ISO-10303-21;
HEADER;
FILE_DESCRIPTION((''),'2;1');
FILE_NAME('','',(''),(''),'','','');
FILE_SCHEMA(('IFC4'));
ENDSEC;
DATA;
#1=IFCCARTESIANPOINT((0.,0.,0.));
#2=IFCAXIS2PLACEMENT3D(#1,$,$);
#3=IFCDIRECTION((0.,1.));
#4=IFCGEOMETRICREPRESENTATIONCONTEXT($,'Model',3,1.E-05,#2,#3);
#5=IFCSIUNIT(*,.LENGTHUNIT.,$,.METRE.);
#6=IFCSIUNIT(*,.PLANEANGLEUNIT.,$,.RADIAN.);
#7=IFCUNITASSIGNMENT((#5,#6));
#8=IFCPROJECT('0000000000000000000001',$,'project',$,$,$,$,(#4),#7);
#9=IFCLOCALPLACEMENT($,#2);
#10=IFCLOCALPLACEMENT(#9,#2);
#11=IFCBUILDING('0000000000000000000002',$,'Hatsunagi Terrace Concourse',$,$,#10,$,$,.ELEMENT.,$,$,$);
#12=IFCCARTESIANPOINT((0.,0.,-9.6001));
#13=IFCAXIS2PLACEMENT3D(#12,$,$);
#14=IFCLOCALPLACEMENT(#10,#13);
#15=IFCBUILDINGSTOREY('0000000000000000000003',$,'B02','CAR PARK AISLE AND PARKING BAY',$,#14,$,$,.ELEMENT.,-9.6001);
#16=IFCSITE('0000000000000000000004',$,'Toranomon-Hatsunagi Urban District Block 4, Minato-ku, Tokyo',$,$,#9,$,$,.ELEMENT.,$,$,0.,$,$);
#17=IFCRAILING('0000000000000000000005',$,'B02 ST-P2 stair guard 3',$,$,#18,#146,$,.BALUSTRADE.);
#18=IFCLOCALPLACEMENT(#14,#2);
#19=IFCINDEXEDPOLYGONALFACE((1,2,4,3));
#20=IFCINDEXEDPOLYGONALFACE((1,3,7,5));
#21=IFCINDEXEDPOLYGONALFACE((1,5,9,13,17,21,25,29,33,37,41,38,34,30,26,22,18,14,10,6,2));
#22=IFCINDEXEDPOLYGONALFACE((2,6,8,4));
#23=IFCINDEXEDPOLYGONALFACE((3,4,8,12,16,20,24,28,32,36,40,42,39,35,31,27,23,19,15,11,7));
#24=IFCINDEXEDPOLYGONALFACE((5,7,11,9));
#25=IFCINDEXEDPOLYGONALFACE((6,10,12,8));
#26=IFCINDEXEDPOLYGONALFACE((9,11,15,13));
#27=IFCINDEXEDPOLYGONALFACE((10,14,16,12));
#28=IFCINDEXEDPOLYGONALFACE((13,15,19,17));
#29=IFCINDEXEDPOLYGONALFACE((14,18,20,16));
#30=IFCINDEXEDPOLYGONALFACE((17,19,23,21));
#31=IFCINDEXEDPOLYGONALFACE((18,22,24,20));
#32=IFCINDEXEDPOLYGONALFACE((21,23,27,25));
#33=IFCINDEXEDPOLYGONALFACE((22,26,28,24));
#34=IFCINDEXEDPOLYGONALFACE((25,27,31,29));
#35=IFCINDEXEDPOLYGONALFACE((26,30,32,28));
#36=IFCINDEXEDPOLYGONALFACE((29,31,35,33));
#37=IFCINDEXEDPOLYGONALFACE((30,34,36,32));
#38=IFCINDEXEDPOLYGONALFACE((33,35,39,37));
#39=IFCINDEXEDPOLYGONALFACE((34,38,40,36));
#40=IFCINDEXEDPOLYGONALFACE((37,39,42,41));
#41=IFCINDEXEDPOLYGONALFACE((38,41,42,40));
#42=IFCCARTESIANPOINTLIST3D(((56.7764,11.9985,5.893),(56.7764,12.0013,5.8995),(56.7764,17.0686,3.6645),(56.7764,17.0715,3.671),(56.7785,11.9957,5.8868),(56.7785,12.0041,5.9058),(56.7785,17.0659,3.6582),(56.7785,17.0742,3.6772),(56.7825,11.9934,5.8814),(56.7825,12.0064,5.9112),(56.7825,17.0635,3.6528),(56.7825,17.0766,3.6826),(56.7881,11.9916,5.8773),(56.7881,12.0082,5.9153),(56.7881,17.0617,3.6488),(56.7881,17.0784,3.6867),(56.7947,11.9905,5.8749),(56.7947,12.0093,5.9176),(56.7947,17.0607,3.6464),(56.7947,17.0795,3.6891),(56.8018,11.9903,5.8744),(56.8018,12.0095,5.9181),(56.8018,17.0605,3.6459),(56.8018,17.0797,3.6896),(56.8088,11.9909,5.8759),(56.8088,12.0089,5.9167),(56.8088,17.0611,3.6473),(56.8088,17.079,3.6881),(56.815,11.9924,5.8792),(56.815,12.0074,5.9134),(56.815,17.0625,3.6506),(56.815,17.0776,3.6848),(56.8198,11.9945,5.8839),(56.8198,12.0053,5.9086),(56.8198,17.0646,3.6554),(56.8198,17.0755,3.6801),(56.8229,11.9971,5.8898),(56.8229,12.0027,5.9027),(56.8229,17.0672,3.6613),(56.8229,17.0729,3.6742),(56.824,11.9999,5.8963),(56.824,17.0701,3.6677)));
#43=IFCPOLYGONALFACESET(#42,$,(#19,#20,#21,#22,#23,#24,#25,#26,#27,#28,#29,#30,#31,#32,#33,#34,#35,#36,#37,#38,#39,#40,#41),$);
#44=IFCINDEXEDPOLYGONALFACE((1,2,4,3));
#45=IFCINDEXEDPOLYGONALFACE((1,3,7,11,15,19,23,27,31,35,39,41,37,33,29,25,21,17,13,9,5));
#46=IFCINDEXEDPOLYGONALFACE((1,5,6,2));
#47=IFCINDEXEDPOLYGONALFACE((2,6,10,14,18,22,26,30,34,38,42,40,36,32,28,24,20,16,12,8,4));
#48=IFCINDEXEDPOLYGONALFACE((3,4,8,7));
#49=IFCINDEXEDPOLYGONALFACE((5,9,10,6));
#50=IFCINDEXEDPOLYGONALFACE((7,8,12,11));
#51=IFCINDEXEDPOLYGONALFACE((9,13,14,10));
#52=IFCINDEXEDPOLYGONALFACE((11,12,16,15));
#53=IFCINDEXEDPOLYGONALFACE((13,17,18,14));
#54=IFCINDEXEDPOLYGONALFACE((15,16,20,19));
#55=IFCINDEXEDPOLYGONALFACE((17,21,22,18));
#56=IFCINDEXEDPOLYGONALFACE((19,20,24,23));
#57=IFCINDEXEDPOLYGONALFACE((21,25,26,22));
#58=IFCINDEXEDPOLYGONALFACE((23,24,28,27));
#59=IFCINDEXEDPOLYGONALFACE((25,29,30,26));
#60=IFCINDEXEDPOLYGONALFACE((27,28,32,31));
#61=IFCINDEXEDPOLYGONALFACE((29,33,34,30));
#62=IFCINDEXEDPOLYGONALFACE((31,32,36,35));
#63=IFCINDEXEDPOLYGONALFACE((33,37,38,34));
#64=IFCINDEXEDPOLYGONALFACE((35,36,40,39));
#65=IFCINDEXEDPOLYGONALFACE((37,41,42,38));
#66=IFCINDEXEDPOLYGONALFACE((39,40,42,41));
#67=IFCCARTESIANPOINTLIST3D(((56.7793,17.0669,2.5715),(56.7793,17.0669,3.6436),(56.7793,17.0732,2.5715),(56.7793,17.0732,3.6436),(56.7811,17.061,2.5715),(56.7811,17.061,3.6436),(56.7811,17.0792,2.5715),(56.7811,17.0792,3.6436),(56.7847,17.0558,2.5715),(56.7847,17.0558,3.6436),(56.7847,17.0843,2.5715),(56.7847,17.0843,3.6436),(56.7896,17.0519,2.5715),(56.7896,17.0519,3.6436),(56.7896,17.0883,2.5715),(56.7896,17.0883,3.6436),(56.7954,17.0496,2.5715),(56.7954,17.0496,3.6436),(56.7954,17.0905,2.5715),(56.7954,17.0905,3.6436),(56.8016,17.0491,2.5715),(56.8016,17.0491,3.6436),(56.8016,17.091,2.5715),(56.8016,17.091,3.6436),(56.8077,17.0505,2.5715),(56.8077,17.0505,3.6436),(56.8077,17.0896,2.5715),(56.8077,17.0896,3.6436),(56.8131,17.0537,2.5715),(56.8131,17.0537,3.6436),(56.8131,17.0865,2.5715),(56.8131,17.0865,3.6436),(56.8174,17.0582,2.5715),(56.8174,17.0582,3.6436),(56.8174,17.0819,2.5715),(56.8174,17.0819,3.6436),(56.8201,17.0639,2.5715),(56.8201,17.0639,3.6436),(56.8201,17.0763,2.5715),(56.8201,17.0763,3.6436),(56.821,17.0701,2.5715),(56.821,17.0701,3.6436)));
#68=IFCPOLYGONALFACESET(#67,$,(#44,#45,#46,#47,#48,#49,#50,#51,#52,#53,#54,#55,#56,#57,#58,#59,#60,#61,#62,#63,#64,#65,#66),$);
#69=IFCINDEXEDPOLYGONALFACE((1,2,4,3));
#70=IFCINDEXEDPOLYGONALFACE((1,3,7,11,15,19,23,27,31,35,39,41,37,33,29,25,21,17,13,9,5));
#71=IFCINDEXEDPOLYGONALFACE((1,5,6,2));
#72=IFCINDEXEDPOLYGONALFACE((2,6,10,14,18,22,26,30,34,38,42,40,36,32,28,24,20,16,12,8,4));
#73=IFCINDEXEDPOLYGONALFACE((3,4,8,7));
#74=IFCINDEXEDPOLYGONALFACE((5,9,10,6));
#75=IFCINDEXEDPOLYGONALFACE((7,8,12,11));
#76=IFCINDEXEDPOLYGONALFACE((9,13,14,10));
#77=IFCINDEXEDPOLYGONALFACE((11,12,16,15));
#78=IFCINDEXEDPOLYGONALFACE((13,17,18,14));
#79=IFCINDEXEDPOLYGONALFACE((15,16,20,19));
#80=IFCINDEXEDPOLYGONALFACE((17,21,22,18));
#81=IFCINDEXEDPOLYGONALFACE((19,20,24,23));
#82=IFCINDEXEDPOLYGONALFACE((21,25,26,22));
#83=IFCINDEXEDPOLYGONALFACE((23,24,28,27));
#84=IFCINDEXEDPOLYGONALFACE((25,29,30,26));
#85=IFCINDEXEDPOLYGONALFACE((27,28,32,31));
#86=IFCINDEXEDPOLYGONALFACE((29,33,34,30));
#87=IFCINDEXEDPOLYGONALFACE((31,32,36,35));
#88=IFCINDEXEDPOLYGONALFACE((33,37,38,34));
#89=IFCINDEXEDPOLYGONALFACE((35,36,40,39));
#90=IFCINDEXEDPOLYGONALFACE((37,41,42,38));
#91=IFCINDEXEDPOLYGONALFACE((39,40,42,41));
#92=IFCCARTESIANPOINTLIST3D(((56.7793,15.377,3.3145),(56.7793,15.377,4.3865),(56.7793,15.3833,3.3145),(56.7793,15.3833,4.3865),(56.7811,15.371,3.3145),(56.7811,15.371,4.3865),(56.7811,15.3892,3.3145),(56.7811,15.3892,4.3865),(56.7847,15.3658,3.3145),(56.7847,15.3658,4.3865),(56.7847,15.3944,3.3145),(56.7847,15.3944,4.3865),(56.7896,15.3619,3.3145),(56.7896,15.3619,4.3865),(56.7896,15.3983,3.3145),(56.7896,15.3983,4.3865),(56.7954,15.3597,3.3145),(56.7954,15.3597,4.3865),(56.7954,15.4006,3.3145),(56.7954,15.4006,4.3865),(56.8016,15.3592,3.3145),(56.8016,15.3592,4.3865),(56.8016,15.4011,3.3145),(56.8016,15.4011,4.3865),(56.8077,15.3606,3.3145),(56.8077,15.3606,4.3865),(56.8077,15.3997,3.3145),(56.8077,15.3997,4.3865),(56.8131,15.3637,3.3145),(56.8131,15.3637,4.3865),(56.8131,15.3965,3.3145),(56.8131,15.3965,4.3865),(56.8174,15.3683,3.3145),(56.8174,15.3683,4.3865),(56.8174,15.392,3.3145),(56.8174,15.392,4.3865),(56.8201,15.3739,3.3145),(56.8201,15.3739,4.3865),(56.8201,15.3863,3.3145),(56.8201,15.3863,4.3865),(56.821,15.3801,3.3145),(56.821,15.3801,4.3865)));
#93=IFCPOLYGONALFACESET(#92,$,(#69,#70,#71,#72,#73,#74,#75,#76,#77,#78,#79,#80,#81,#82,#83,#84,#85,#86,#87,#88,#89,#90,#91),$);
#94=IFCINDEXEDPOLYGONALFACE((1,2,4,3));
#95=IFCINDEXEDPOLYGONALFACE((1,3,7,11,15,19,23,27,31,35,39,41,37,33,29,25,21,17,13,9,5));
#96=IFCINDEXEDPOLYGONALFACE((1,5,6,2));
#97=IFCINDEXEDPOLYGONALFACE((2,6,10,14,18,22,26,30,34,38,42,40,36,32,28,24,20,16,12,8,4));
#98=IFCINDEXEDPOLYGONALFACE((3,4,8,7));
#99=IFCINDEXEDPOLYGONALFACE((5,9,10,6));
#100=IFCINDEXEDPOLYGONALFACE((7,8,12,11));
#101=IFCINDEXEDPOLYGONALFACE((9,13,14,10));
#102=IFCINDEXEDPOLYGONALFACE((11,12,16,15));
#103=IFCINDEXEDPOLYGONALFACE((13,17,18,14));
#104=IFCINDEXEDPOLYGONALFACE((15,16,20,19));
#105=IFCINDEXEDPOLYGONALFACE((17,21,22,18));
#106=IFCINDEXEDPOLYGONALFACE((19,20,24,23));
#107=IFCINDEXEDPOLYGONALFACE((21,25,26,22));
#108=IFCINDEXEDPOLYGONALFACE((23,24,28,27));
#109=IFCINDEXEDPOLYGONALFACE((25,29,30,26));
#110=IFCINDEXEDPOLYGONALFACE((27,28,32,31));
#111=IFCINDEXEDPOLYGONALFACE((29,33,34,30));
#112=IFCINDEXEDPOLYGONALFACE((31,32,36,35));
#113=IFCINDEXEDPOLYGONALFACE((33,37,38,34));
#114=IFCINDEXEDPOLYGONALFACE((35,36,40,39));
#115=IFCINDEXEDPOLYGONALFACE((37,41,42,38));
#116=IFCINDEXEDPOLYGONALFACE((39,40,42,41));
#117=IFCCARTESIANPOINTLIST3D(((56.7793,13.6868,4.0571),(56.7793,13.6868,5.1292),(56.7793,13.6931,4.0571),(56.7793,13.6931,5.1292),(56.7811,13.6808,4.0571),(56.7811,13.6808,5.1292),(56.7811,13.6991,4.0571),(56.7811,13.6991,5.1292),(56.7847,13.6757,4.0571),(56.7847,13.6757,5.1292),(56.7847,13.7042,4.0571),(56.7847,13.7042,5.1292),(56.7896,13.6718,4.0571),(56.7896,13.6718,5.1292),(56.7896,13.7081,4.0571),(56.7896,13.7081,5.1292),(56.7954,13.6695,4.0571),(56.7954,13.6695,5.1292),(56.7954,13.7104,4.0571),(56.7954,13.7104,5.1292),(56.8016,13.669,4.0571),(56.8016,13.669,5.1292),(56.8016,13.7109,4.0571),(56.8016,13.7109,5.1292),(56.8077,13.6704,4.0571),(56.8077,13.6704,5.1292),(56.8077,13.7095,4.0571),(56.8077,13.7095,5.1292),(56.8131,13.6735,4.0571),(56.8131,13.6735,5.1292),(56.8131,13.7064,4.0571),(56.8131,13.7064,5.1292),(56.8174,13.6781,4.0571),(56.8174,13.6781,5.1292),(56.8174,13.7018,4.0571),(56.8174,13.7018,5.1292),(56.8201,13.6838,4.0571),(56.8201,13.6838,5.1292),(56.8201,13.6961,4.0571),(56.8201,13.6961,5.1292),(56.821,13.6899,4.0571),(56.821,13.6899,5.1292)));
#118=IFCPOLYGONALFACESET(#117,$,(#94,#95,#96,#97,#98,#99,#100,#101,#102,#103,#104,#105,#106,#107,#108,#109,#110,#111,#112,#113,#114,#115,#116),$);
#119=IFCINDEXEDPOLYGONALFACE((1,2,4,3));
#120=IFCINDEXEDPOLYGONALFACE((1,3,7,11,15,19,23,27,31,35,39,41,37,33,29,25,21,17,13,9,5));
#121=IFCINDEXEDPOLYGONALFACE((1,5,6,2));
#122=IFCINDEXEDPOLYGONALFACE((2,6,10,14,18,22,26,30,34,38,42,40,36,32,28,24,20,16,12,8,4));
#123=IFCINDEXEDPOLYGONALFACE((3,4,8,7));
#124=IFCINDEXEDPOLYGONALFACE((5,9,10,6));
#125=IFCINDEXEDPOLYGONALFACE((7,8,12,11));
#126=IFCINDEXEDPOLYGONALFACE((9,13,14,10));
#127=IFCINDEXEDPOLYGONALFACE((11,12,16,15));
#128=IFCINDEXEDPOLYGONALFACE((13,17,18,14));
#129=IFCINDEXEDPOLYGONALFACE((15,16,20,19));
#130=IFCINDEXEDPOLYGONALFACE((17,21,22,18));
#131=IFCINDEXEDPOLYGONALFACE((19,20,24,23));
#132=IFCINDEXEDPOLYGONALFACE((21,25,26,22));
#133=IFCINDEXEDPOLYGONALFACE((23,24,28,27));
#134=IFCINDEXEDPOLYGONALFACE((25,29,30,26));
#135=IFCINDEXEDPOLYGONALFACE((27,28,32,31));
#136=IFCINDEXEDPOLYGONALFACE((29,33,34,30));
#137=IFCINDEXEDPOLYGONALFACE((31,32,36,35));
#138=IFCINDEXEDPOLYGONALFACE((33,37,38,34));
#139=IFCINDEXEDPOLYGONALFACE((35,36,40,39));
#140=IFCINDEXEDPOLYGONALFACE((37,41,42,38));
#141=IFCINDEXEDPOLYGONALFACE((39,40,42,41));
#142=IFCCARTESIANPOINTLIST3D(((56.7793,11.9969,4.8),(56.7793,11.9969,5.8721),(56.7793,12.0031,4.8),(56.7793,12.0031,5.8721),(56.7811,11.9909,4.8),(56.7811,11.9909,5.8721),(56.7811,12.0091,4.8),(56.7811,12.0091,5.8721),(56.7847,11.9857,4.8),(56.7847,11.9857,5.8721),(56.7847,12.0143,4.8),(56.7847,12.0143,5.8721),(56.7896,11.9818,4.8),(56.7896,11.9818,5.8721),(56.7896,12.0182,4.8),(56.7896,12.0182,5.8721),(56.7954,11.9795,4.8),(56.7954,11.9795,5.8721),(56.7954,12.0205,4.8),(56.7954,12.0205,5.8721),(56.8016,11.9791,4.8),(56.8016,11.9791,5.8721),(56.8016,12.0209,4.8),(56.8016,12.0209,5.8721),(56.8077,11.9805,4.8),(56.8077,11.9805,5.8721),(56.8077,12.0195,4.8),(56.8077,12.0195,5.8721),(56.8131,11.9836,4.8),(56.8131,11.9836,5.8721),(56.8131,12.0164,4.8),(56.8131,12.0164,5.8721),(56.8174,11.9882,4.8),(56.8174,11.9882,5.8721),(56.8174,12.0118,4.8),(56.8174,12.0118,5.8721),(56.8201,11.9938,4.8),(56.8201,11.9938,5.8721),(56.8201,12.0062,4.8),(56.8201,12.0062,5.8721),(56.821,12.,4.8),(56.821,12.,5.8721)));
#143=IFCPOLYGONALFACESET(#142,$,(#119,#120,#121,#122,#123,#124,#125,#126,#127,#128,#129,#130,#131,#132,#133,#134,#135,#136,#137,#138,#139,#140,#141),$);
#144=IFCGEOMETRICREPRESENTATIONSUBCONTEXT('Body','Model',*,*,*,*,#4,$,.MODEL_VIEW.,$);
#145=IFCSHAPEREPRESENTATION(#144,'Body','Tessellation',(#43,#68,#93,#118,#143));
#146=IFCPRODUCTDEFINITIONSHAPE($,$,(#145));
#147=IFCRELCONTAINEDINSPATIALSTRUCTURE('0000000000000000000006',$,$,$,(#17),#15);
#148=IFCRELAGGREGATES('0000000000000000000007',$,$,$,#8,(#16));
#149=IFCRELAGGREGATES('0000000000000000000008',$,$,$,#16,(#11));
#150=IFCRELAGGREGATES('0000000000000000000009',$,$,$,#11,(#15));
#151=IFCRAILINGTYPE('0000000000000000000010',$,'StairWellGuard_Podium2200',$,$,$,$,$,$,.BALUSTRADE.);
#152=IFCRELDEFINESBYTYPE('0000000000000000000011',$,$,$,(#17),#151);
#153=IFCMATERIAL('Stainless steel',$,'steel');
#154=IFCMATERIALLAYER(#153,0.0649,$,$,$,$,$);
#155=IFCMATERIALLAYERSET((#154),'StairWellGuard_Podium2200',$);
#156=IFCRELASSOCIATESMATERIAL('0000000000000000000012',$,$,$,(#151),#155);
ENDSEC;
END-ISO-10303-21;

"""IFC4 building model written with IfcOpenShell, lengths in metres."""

from ifc_helpers import new_model, si_unit, direction, frame, origin, origin_2d, place, context, subcontext, project, spatial, circle, extrude, material, layer, layer_set, type_object, element, save


model = new_model("IFC4")

# Units and contexts
model_context = context("Model", 3, precision=1e-05, world=origin(), true_north=direction((0.0, 1.0)))
body_context = subcontext(model_context, "Body", "Model", "MODEL_VIEW")
ifc_project = project(units=[si_unit("LENGTHUNIT", "METRE"), si_unit("PLANEANGLEUNIT", "RADIAN")], contexts=[model_context])

# Site, building, storey
site_placement = place(None, origin())
site = spatial("IfcSite", under=ifc_project, at=site_placement, Name="Toranomon-Hatsunagi Urban District Block 4, Minato-ku, Tokyo", CompositionType="ELEMENT", RefElevation=0.0)
building_placement = place(site_placement, origin())
building = spatial("IfcBuilding", under=site, at=building_placement, Name="Hatsunagi Terrace Concourse", CompositionType="ELEMENT")
storey_placement = place(building_placement, frame((0.0, 0.0, -9.6001)))
storey = spatial("IfcBuildingStorey", under=building, at=storey_placement, Name="B02", Description="CAR PARK AISLE AND PARKING BAY", CompositionType="ELEMENT", Elevation=-9.6001)

# Railing
ifc_material_1 = material(Name="Stainless steel", Category="steel")
ifc_layer_1 = layer(ifc_material_1, 0.0649)
ifc_layer_set_1 = layer_set([ifc_layer_1], Name="StairWellGuard_Podium2200")
railing_type_1 = type_object("IfcRailingType", Name="StairWellGuard_Podium2200", PredefinedType="BALUSTRADE", material=ifc_layer_set_1)
railing_1_placement = place(storey_placement, frame((56.8, 17.0701, 2.5715)))
element("IfcRailing", 1, at=railing_1_placement, inside=storey, type_object=railing_type_1, Name="B02 ST-P2 stair guard 3", PredefinedType="BALUSTRADE", context=body_context, shape_type="SweptSolid", body=[
    extrude(circle(Radius=0.0239, at=origin_2d()), frame((0.0, 0.0, 1.0962), z_axis=(0.0, -0.915469, 0.402388), x_axis=(1.0, 0.0, 0.0)), (0.0, 0.0, 1.0), 5.5383),
    extrude(circle(Radius=0.021, at=origin_2d()), origin(), (0.0, 0.0, 1.0), 1.072),
    extrude(circle(Radius=0.021, at=origin_2d()), frame((0.0, -1.6899, 0.7429)), (0.0, 0.0, 1.0), 1.072),
    extrude(circle(Radius=0.021, at=origin_2d()), frame((0.0, -3.3801, 1.4856)), (0.0, 0.0, 1.0), 1.072),
    extrude(circle(Radius=0.021, at=origin_2d()), frame((0.0, -5.0701, 2.2285)), (0.0, 0.0, 1.0), 1.072),
])

save(model, "model.ifc")
